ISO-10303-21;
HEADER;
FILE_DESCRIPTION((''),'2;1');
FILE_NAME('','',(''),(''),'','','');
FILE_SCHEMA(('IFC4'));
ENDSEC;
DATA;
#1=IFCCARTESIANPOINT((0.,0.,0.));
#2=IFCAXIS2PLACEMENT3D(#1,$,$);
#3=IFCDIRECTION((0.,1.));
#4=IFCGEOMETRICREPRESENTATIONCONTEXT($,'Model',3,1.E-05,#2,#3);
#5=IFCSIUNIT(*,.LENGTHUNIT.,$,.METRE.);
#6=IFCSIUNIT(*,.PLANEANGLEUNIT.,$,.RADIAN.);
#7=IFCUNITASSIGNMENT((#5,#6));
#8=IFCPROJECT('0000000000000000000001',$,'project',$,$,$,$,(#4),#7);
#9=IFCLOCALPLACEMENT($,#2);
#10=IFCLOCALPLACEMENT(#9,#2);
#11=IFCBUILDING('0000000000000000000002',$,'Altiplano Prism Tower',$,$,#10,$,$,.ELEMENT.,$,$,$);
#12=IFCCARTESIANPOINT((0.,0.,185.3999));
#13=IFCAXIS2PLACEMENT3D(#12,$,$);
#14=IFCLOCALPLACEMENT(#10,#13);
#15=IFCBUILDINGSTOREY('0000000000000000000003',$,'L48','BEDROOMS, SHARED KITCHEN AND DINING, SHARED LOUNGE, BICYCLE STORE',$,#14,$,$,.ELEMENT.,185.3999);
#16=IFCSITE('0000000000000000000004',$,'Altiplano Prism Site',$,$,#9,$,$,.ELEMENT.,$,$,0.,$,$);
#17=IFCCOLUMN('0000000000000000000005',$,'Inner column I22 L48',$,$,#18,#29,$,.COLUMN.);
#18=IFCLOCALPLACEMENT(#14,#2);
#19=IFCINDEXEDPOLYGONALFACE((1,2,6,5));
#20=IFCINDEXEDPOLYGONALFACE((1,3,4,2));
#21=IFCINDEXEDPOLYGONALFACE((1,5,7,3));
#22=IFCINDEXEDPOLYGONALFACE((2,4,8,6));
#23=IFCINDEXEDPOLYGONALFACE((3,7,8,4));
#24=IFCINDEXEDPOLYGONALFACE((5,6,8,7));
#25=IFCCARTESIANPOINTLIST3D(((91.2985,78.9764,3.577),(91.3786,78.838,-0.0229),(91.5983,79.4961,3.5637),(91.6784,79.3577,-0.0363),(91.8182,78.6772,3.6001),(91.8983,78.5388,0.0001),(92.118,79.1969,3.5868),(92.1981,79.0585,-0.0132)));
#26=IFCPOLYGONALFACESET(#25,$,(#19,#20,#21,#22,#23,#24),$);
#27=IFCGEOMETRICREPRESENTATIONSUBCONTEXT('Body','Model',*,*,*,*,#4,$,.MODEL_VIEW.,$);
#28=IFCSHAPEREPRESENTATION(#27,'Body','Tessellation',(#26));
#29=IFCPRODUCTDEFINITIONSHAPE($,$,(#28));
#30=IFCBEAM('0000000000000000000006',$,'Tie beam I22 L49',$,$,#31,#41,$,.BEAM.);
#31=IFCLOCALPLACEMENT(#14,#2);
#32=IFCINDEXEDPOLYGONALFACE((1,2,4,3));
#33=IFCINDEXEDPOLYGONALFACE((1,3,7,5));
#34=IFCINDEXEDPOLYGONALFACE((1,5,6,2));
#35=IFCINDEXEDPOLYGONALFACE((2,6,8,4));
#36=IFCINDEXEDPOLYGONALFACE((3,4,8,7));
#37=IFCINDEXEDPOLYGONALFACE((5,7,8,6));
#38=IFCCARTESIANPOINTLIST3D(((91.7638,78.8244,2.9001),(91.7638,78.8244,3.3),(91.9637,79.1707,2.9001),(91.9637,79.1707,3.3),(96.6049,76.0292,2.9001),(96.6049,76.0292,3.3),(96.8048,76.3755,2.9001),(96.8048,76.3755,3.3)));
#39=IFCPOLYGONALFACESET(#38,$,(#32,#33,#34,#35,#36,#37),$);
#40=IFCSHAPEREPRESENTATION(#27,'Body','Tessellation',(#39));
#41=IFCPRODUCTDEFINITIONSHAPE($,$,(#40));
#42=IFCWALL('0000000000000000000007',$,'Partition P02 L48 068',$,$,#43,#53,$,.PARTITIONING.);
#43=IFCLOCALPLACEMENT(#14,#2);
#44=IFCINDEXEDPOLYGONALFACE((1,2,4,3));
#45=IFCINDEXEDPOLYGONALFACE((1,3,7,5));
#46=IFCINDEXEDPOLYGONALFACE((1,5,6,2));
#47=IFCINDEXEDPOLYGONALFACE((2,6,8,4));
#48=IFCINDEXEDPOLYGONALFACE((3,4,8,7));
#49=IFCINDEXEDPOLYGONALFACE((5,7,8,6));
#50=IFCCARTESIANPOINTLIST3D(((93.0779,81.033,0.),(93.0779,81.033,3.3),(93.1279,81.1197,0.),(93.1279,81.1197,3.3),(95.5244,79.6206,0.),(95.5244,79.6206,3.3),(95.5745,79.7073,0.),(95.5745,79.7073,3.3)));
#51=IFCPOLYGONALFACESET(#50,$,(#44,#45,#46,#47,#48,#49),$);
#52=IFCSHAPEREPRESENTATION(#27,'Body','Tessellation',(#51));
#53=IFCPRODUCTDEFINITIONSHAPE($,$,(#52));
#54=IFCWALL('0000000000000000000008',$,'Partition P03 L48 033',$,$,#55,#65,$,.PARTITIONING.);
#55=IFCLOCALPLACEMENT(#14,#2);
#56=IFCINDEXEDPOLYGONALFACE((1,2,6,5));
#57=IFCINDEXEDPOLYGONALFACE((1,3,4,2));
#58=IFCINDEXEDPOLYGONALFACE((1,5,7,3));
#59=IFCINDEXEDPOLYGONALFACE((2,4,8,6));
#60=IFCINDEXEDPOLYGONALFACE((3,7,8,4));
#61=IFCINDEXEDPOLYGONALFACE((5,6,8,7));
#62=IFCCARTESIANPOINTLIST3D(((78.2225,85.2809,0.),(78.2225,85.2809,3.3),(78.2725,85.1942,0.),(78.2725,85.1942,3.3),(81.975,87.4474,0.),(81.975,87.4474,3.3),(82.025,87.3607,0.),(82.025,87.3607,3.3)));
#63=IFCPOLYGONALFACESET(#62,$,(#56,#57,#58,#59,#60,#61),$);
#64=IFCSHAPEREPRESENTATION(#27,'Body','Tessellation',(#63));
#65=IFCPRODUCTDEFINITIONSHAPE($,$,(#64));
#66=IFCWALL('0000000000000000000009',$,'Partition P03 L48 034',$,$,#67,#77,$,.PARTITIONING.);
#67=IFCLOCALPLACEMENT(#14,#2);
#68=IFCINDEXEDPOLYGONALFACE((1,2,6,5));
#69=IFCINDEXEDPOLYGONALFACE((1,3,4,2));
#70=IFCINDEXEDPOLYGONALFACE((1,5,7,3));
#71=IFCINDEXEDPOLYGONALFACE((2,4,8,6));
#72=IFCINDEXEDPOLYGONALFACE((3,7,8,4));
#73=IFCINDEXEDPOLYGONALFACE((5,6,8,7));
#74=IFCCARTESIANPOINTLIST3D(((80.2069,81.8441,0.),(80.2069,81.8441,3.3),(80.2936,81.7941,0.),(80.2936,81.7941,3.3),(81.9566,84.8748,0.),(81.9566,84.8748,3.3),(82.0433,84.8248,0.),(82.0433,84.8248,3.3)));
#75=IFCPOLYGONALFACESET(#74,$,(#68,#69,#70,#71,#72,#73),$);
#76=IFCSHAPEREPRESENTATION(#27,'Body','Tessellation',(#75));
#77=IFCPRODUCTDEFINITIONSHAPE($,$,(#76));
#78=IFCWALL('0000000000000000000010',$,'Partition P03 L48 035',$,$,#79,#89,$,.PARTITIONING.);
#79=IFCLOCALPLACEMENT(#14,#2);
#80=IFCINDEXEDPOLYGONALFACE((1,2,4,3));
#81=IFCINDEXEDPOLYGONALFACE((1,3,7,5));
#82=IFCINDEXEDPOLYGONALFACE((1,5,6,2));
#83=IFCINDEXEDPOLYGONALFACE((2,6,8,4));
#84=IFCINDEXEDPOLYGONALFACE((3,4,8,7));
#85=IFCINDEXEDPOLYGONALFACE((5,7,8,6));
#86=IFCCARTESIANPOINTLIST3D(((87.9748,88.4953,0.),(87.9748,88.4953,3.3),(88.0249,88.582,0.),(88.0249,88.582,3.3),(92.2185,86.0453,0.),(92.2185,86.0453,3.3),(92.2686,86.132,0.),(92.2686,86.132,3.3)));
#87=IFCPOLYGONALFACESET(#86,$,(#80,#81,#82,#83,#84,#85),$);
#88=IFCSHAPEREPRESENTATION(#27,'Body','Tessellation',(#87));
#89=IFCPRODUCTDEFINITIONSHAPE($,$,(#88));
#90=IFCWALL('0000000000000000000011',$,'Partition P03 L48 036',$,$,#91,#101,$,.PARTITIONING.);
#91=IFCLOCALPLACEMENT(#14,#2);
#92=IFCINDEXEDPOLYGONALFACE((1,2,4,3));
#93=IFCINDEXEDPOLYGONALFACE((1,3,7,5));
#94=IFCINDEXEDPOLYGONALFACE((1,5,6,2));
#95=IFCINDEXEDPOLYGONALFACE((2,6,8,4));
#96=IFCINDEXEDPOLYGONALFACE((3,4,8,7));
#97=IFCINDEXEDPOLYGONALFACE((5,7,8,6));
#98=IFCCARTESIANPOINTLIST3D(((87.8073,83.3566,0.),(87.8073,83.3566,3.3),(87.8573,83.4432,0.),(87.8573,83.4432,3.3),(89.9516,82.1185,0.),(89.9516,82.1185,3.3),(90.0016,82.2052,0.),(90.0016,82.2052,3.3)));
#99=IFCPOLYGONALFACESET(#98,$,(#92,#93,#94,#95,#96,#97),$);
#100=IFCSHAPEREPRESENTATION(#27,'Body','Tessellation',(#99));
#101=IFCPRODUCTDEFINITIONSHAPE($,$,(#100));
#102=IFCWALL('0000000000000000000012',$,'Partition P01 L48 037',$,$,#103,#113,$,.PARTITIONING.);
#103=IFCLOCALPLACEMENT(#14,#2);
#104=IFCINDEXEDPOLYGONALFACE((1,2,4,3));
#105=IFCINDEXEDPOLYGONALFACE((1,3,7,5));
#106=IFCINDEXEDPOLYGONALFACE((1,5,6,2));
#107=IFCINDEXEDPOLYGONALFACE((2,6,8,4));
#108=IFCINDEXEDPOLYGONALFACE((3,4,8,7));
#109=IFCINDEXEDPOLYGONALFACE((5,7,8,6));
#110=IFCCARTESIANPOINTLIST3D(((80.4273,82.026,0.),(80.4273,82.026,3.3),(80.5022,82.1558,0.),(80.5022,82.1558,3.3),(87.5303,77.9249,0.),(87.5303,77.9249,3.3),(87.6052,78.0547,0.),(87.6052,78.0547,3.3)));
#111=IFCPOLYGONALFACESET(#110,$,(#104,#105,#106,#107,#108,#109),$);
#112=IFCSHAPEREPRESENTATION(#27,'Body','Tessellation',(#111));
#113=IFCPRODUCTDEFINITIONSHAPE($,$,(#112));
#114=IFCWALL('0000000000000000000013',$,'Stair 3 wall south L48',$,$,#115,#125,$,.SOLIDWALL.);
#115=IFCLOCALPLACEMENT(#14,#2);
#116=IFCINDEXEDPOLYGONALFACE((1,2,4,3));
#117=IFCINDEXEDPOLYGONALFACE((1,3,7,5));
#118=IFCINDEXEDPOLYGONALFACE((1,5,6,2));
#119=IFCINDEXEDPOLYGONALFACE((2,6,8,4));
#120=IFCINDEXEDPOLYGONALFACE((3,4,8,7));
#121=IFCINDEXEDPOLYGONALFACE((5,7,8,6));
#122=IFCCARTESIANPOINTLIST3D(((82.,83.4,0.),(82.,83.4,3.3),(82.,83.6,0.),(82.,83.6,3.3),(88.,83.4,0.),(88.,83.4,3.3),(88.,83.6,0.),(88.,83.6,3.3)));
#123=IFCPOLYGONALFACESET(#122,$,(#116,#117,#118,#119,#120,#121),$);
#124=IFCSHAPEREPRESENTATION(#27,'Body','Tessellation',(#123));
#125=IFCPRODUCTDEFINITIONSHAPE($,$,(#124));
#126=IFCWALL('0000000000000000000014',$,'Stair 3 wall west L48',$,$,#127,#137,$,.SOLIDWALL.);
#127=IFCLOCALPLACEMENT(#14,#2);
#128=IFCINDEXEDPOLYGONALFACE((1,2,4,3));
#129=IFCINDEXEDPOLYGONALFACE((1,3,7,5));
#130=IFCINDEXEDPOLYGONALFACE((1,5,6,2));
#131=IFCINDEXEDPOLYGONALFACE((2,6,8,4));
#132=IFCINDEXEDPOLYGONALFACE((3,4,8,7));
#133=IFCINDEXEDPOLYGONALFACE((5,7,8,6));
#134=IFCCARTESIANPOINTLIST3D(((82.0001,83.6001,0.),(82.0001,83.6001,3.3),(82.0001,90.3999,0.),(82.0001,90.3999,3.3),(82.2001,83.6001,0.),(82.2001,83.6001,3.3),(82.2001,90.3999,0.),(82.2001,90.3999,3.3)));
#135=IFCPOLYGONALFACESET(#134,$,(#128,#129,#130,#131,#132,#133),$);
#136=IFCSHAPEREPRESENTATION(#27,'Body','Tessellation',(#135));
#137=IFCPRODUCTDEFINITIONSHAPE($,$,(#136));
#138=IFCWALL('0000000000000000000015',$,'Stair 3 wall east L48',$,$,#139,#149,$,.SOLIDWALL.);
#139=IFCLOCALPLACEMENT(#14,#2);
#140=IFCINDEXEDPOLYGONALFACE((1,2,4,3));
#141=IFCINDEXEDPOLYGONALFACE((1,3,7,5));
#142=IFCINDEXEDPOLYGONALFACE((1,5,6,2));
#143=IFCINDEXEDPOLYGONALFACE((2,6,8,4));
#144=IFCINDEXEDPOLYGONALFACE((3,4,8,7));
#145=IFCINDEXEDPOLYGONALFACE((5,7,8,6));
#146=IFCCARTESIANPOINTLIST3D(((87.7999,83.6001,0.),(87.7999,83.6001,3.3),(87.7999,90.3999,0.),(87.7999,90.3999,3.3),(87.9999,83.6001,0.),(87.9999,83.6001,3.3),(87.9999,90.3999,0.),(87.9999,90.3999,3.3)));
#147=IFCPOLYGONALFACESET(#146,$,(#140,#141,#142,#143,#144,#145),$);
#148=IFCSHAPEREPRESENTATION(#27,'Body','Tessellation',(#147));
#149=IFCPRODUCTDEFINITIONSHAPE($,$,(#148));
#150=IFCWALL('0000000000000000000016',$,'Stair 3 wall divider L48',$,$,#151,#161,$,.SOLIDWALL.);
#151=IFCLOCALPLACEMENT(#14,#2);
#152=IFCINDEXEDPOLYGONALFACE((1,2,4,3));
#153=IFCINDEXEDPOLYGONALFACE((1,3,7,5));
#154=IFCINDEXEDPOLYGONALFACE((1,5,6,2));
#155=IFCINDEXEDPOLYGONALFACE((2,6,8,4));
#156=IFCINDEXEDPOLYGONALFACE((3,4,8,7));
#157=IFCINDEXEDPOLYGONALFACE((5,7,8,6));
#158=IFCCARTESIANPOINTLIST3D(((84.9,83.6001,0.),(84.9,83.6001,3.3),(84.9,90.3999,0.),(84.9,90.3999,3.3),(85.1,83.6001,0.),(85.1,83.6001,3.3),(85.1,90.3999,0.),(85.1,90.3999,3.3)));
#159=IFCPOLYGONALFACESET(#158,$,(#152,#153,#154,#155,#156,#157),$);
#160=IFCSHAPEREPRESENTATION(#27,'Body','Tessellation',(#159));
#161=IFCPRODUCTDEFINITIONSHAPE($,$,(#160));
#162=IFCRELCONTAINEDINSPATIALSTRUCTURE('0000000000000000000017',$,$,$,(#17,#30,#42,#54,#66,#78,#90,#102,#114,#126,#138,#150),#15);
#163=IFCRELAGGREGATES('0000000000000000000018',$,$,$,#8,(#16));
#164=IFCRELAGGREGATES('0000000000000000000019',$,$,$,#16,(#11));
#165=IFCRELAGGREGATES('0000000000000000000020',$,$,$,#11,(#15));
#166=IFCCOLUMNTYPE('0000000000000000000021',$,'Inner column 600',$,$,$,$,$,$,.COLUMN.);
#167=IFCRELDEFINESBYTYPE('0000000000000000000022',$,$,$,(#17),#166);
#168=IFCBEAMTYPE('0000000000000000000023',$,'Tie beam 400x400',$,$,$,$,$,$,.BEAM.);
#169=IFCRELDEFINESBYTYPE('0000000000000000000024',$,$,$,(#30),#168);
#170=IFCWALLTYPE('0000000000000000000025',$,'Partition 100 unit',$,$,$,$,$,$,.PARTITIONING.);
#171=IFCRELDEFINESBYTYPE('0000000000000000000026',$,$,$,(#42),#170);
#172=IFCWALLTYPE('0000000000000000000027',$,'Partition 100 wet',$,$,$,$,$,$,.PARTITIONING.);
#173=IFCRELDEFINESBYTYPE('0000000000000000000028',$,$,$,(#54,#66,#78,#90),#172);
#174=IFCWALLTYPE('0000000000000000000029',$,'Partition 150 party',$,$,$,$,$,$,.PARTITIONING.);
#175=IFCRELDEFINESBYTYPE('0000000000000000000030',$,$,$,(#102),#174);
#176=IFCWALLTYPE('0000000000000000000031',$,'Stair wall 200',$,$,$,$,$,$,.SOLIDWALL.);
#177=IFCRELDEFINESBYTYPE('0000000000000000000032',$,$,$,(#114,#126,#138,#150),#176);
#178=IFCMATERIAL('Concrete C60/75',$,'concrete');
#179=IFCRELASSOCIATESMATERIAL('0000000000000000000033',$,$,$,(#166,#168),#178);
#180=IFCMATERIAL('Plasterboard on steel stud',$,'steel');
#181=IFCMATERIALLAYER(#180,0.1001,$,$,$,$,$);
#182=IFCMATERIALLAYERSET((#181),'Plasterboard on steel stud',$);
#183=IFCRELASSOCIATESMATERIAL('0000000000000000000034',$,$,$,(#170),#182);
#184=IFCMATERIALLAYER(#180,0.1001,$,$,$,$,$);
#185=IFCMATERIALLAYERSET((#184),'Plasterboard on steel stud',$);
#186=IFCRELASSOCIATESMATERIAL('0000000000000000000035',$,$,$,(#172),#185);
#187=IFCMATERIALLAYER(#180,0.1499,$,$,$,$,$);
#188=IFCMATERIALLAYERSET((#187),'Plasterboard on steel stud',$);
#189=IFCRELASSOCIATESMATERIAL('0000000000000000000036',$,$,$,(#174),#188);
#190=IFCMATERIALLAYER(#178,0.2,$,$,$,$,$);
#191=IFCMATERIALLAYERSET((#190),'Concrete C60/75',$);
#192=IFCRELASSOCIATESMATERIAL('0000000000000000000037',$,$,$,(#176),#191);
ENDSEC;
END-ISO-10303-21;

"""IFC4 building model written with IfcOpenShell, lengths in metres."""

from ifc_helpers import new_model, si_unit, direction, frame, frame_2d, origin, origin_2d, place, context, subcontext, project, spatial, rectangle, extrude, material, layer, layer_set, material_profile, profile_set, type_object, element, save


model = new_model("IFC4")

# Units and contexts
model_context = context("Model", 3, precision=1e-05, world=origin(), true_north=direction((0.0, 1.0)))
body_context = subcontext(model_context, "Body", "Model", "MODEL_VIEW")
ifc_project = project(units=[si_unit("LENGTHUNIT", "METRE"), si_unit("PLANEANGLEUNIT", "RADIAN")], contexts=[model_context])

# Site, building, storey
site_placement = place(None, origin())
site = spatial("IfcSite", under=ifc_project, at=site_placement, Name="Altiplano Prism Site", CompositionType="ELEMENT", RefElevation=0.0)
building_placement = place(site_placement, origin())
building = spatial("IfcBuilding", under=site, at=building_placement, Name="Altiplano Prism Tower", CompositionType="ELEMENT")
storey_placement = place(building_placement, frame((0.0, 0.0, 185.3999)))
storey = spatial("IfcBuildingStorey", under=building, at=storey_placement, Name="L48", Description="BEDROOMS, SHARED KITCHEN AND DINING, SHARED LOUNGE, BICYCLE STORE", CompositionType="ELEMENT", Elevation=185.3999)

# Column
ifc_material_1 = material(Name="Concrete C60/75", Category="concrete")
ifc_material_profile_1 = material_profile(ifc_material_1, rectangle(XDim=0.6001, YDim=0.6001, at=origin_2d()), Name="Inner column 600")
ifc_profile_set_1 = profile_set([ifc_material_profile_1], Name="Concrete C60/75")
column_type = type_object("IfcColumnType", Name="Inner column 600", PredefinedType="COLUMN", material=ifc_profile_set_1)
column_placement = place(storey_placement, frame((91.7883, 78.9482, -0.0181), z_axis=(-0.022223, 0.038416, 0.999015), x_axis=(-0.499518, -0.866019, 0.02219)))
element("IfcColumn", 1, at=column_placement, inside=storey, type_object=column_type, Name="Inner column I22 L48", PredefinedType="COLUMN", context=body_context, shape_type="SweptSolid", body=[
    extrude(rectangle(XDim=0.6001, YDim=0.6001, at=origin_2d()), origin(), (0.0, 0.0, 1.0), 3.6035),
])

# Beam
ifc_material_profile_2 = material_profile(ifc_material_1, rectangle(XDim=0.3999, YDim=0.3999, at=origin_2d()), Name="Tie beam 400x400")
ifc_profile_set_2 = profile_set([ifc_material_profile_2], Name="Concrete C60/75")
beam_type = type_object("IfcBeamType", Name="Tie beam 400x400", PredefinedType="BEAM", material=ifc_profile_set_2)
beam_placement = place(storey_placement, frame((91.8638, 78.9976, 3.1001), z_axis=(0.866012, -0.500024, 0.0), x_axis=(0.500024, 0.866012, 0.0)))
element("IfcBeam", 2, at=beam_placement, inside=storey, type_object=beam_type, Name="Tie beam I22 L49", PredefinedType="BEAM", context=body_context, shape_type="SweptSolid", body=[
    extrude(rectangle(XDim=0.3999, YDim=0.3999, at=origin_2d()), origin(), (0.0, 0.0, 1.0), 5.5901),
])

# Walls
ifc_material_2 = material(Name="Plasterboard on steel stud", Category="steel")
ifc_layer_1 = layer(ifc_material_2, 0.1001)
ifc_layer_set_1 = layer_set([ifc_layer_1], Name="Plasterboard on steel stud")
wall_type_1 = type_object("IfcWallType", Name="Partition 100 unit", PredefinedType="PARTITIONING", material=ifc_layer_set_1)
wall_1_placement = place(storey_placement, frame((93.1028, 81.0764, 0.0), z_axis=(0.0, 0.0, 1.0), x_axis=(0.866049, -0.499959, 0.0)))
element("IfcWall", 3, at=wall_1_placement, inside=storey, type_object=wall_type_1, Name="Partition P02 L48 068", PredefinedType="PARTITIONING", context=body_context, shape_type="SweptSolid", body=[
    extrude(rectangle(XDim=2.825, YDim=0.1001, at=frame_2d((1.4126, 0.0))), origin(), (0.0, 0.0, 1.0), 3.3),
])
ifc_layer_2 = layer(ifc_material_2, 0.1001)
ifc_layer_set_2 = layer_set([ifc_layer_2], Name="Plasterboard on steel stud")
wall_type_2 = type_object("IfcWallType", Name="Partition 100 wet", PredefinedType="PARTITIONING", material=ifc_layer_set_2)
wall_2_placement = place(storey_placement, frame((82.0, 87.4041, 0.0), z_axis=(0.0, 0.0, 1.0), x_axis=(-0.866022, -0.500005, 0.0)))
element("IfcWall", 4, at=wall_2_placement, inside=storey, type_object=wall_type_2, Name="Partition P03 L48 033", PredefinedType="PARTITIONING", context=body_context, shape_type="SweptSolid", body=[
    extrude(rectangle(XDim=4.333, YDim=0.1001, at=frame_2d((2.1665, 0.0))), origin(), (0.0, 0.0, 1.0), 3.3),
])
wall_3_placement = place(storey_placement, frame((80.2502, 81.8191, 0.0), z_axis=(0.0, 0.0, 1.0), x_axis=(0.499988, 0.866032, 0.0)))
element("IfcWall", 5, at=wall_3_placement, inside=storey, type_object=wall_type_2, Name="Partition P03 L48 034", PredefinedType="PARTITIONING", context=body_context, shape_type="SweptSolid", body=[
    extrude(rectangle(XDim=3.4995, YDim=0.1001, at=frame_2d((1.7498, 0.0))), origin(), (0.0, 0.0, 1.0), 3.3),
])
wall_4_placement = place(storey_placement, frame((92.2437, 86.0886, 0.0), z_axis=(0.0, 0.0, 1.0), x_axis=(-0.866036, 0.499981, 0.0)))
element("IfcWall", 6, at=wall_4_placement, inside=storey, type_object=wall_type_2, Name="Partition P03 L48 035", PredefinedType="PARTITIONING", context=body_context, shape_type="SweptSolid", body=[
    extrude(rectangle(XDim=4.9001, YDim=0.1001, at=frame_2d((2.4502, 0.0))), origin(), (0.0, 0.0, 1.0), 3.3),
])
wall_5_placement = place(storey_placement, frame((87.8323, 83.3999, 0.0), z_axis=(0.0, 0.0, 1.0), x_axis=(0.86602, -0.50001, 0.0)))
element("IfcWall", 7, at=wall_5_placement, inside=storey, type_object=wall_type_2, Name="Partition P03 L48 036", PredefinedType="PARTITIONING", context=body_context, shape_type="SweptSolid", body=[
    extrude(rectangle(XDim=2.4761, YDim=0.1001, at=frame_2d((1.238, 0.0))), origin(), (0.0, 0.0, 1.0), 3.3),
])
ifc_layer_3 = layer(ifc_material_2, 0.1499)
ifc_layer_set_3 = layer_set([ifc_layer_3], Name="Plasterboard on steel stud")
wall_type_3 = type_object("IfcWallType", Name="Partition 150 party", PredefinedType="PARTITIONING", material=ifc_layer_set_3)
wall_6_placement = place(storey_placement, frame((87.5679, 77.9897, 0.0), z_axis=(0.0, 0.0, 1.0), x_axis=(-0.866018, 0.500013, 0.0)))
element("IfcWall", 8, at=wall_6_placement, inside=storey, type_object=wall_type_3, Name="Partition P01 L48 037", PredefinedType="PARTITIONING", context=body_context, shape_type="SweptSolid", body=[
    extrude(rectangle(XDim=8.2019, YDim=0.1499, at=frame_2d((4.1011, 0.0))), origin(), (0.0, 0.0, 1.0), 3.3),
])
ifc_layer_4 = layer(ifc_material_1, 0.2)
ifc_layer_set_4 = layer_set([ifc_layer_4], Name="Concrete C60/75")
wall_type_4 = type_object("IfcWallType", Name="Stair wall 200", PredefinedType="SOLIDWALL", material=ifc_layer_set_4)
wall_7_placement = place(storey_placement, frame((82.0, 83.5, 0.0), z_axis=(0.0, 0.0, 1.0), x_axis=(1.0, 0.0, 0.0)))
element("IfcWall", 9, at=wall_7_placement, inside=storey, type_object=wall_type_4, Name="Stair 3 wall south L48", PredefinedType="SOLIDWALL", context=body_context, shape_type="SweptSolid", body=[
    extrude(rectangle(XDim=6.0, YDim=0.2, at=frame_2d((3.0, 0.0))), origin(), (0.0, 0.0, 1.0), 3.3),
])
for number, where, z_axis, x_axis, name in (
    (10, (82.1001, 83.6001, 0.0), (0.0, 0.0, 1.0), (0.0, 1.0, 0.0), "Stair 3 wall west L48"),
    (11, (87.8999, 83.6001, 0.0), (0.0, 0.0, 1.0), (0.0, 1.0, 0.0), "Stair 3 wall east L48"),
    (12, (85.0, 83.6001, 0.0), (0.0, 0.0, 1.0), (0.0, 1.0, 0.0), "Stair 3 wall divider L48"),
):
    element("IfcWall", number, at=place(storey_placement, frame(where, z_axis=z_axis, x_axis=x_axis)), inside=storey, type_object=wall_type_4, Name=name, PredefinedType="SOLIDWALL", context=body_context, shape_type="SweptSolid", body=[
        extrude(rectangle(XDim=6.7998, YDim=0.2, at=frame_2d((3.3999, 0.0))), origin(), (0.0, 0.0, 1.0), 3.3),
    ])

save(model, "model.ifc")
